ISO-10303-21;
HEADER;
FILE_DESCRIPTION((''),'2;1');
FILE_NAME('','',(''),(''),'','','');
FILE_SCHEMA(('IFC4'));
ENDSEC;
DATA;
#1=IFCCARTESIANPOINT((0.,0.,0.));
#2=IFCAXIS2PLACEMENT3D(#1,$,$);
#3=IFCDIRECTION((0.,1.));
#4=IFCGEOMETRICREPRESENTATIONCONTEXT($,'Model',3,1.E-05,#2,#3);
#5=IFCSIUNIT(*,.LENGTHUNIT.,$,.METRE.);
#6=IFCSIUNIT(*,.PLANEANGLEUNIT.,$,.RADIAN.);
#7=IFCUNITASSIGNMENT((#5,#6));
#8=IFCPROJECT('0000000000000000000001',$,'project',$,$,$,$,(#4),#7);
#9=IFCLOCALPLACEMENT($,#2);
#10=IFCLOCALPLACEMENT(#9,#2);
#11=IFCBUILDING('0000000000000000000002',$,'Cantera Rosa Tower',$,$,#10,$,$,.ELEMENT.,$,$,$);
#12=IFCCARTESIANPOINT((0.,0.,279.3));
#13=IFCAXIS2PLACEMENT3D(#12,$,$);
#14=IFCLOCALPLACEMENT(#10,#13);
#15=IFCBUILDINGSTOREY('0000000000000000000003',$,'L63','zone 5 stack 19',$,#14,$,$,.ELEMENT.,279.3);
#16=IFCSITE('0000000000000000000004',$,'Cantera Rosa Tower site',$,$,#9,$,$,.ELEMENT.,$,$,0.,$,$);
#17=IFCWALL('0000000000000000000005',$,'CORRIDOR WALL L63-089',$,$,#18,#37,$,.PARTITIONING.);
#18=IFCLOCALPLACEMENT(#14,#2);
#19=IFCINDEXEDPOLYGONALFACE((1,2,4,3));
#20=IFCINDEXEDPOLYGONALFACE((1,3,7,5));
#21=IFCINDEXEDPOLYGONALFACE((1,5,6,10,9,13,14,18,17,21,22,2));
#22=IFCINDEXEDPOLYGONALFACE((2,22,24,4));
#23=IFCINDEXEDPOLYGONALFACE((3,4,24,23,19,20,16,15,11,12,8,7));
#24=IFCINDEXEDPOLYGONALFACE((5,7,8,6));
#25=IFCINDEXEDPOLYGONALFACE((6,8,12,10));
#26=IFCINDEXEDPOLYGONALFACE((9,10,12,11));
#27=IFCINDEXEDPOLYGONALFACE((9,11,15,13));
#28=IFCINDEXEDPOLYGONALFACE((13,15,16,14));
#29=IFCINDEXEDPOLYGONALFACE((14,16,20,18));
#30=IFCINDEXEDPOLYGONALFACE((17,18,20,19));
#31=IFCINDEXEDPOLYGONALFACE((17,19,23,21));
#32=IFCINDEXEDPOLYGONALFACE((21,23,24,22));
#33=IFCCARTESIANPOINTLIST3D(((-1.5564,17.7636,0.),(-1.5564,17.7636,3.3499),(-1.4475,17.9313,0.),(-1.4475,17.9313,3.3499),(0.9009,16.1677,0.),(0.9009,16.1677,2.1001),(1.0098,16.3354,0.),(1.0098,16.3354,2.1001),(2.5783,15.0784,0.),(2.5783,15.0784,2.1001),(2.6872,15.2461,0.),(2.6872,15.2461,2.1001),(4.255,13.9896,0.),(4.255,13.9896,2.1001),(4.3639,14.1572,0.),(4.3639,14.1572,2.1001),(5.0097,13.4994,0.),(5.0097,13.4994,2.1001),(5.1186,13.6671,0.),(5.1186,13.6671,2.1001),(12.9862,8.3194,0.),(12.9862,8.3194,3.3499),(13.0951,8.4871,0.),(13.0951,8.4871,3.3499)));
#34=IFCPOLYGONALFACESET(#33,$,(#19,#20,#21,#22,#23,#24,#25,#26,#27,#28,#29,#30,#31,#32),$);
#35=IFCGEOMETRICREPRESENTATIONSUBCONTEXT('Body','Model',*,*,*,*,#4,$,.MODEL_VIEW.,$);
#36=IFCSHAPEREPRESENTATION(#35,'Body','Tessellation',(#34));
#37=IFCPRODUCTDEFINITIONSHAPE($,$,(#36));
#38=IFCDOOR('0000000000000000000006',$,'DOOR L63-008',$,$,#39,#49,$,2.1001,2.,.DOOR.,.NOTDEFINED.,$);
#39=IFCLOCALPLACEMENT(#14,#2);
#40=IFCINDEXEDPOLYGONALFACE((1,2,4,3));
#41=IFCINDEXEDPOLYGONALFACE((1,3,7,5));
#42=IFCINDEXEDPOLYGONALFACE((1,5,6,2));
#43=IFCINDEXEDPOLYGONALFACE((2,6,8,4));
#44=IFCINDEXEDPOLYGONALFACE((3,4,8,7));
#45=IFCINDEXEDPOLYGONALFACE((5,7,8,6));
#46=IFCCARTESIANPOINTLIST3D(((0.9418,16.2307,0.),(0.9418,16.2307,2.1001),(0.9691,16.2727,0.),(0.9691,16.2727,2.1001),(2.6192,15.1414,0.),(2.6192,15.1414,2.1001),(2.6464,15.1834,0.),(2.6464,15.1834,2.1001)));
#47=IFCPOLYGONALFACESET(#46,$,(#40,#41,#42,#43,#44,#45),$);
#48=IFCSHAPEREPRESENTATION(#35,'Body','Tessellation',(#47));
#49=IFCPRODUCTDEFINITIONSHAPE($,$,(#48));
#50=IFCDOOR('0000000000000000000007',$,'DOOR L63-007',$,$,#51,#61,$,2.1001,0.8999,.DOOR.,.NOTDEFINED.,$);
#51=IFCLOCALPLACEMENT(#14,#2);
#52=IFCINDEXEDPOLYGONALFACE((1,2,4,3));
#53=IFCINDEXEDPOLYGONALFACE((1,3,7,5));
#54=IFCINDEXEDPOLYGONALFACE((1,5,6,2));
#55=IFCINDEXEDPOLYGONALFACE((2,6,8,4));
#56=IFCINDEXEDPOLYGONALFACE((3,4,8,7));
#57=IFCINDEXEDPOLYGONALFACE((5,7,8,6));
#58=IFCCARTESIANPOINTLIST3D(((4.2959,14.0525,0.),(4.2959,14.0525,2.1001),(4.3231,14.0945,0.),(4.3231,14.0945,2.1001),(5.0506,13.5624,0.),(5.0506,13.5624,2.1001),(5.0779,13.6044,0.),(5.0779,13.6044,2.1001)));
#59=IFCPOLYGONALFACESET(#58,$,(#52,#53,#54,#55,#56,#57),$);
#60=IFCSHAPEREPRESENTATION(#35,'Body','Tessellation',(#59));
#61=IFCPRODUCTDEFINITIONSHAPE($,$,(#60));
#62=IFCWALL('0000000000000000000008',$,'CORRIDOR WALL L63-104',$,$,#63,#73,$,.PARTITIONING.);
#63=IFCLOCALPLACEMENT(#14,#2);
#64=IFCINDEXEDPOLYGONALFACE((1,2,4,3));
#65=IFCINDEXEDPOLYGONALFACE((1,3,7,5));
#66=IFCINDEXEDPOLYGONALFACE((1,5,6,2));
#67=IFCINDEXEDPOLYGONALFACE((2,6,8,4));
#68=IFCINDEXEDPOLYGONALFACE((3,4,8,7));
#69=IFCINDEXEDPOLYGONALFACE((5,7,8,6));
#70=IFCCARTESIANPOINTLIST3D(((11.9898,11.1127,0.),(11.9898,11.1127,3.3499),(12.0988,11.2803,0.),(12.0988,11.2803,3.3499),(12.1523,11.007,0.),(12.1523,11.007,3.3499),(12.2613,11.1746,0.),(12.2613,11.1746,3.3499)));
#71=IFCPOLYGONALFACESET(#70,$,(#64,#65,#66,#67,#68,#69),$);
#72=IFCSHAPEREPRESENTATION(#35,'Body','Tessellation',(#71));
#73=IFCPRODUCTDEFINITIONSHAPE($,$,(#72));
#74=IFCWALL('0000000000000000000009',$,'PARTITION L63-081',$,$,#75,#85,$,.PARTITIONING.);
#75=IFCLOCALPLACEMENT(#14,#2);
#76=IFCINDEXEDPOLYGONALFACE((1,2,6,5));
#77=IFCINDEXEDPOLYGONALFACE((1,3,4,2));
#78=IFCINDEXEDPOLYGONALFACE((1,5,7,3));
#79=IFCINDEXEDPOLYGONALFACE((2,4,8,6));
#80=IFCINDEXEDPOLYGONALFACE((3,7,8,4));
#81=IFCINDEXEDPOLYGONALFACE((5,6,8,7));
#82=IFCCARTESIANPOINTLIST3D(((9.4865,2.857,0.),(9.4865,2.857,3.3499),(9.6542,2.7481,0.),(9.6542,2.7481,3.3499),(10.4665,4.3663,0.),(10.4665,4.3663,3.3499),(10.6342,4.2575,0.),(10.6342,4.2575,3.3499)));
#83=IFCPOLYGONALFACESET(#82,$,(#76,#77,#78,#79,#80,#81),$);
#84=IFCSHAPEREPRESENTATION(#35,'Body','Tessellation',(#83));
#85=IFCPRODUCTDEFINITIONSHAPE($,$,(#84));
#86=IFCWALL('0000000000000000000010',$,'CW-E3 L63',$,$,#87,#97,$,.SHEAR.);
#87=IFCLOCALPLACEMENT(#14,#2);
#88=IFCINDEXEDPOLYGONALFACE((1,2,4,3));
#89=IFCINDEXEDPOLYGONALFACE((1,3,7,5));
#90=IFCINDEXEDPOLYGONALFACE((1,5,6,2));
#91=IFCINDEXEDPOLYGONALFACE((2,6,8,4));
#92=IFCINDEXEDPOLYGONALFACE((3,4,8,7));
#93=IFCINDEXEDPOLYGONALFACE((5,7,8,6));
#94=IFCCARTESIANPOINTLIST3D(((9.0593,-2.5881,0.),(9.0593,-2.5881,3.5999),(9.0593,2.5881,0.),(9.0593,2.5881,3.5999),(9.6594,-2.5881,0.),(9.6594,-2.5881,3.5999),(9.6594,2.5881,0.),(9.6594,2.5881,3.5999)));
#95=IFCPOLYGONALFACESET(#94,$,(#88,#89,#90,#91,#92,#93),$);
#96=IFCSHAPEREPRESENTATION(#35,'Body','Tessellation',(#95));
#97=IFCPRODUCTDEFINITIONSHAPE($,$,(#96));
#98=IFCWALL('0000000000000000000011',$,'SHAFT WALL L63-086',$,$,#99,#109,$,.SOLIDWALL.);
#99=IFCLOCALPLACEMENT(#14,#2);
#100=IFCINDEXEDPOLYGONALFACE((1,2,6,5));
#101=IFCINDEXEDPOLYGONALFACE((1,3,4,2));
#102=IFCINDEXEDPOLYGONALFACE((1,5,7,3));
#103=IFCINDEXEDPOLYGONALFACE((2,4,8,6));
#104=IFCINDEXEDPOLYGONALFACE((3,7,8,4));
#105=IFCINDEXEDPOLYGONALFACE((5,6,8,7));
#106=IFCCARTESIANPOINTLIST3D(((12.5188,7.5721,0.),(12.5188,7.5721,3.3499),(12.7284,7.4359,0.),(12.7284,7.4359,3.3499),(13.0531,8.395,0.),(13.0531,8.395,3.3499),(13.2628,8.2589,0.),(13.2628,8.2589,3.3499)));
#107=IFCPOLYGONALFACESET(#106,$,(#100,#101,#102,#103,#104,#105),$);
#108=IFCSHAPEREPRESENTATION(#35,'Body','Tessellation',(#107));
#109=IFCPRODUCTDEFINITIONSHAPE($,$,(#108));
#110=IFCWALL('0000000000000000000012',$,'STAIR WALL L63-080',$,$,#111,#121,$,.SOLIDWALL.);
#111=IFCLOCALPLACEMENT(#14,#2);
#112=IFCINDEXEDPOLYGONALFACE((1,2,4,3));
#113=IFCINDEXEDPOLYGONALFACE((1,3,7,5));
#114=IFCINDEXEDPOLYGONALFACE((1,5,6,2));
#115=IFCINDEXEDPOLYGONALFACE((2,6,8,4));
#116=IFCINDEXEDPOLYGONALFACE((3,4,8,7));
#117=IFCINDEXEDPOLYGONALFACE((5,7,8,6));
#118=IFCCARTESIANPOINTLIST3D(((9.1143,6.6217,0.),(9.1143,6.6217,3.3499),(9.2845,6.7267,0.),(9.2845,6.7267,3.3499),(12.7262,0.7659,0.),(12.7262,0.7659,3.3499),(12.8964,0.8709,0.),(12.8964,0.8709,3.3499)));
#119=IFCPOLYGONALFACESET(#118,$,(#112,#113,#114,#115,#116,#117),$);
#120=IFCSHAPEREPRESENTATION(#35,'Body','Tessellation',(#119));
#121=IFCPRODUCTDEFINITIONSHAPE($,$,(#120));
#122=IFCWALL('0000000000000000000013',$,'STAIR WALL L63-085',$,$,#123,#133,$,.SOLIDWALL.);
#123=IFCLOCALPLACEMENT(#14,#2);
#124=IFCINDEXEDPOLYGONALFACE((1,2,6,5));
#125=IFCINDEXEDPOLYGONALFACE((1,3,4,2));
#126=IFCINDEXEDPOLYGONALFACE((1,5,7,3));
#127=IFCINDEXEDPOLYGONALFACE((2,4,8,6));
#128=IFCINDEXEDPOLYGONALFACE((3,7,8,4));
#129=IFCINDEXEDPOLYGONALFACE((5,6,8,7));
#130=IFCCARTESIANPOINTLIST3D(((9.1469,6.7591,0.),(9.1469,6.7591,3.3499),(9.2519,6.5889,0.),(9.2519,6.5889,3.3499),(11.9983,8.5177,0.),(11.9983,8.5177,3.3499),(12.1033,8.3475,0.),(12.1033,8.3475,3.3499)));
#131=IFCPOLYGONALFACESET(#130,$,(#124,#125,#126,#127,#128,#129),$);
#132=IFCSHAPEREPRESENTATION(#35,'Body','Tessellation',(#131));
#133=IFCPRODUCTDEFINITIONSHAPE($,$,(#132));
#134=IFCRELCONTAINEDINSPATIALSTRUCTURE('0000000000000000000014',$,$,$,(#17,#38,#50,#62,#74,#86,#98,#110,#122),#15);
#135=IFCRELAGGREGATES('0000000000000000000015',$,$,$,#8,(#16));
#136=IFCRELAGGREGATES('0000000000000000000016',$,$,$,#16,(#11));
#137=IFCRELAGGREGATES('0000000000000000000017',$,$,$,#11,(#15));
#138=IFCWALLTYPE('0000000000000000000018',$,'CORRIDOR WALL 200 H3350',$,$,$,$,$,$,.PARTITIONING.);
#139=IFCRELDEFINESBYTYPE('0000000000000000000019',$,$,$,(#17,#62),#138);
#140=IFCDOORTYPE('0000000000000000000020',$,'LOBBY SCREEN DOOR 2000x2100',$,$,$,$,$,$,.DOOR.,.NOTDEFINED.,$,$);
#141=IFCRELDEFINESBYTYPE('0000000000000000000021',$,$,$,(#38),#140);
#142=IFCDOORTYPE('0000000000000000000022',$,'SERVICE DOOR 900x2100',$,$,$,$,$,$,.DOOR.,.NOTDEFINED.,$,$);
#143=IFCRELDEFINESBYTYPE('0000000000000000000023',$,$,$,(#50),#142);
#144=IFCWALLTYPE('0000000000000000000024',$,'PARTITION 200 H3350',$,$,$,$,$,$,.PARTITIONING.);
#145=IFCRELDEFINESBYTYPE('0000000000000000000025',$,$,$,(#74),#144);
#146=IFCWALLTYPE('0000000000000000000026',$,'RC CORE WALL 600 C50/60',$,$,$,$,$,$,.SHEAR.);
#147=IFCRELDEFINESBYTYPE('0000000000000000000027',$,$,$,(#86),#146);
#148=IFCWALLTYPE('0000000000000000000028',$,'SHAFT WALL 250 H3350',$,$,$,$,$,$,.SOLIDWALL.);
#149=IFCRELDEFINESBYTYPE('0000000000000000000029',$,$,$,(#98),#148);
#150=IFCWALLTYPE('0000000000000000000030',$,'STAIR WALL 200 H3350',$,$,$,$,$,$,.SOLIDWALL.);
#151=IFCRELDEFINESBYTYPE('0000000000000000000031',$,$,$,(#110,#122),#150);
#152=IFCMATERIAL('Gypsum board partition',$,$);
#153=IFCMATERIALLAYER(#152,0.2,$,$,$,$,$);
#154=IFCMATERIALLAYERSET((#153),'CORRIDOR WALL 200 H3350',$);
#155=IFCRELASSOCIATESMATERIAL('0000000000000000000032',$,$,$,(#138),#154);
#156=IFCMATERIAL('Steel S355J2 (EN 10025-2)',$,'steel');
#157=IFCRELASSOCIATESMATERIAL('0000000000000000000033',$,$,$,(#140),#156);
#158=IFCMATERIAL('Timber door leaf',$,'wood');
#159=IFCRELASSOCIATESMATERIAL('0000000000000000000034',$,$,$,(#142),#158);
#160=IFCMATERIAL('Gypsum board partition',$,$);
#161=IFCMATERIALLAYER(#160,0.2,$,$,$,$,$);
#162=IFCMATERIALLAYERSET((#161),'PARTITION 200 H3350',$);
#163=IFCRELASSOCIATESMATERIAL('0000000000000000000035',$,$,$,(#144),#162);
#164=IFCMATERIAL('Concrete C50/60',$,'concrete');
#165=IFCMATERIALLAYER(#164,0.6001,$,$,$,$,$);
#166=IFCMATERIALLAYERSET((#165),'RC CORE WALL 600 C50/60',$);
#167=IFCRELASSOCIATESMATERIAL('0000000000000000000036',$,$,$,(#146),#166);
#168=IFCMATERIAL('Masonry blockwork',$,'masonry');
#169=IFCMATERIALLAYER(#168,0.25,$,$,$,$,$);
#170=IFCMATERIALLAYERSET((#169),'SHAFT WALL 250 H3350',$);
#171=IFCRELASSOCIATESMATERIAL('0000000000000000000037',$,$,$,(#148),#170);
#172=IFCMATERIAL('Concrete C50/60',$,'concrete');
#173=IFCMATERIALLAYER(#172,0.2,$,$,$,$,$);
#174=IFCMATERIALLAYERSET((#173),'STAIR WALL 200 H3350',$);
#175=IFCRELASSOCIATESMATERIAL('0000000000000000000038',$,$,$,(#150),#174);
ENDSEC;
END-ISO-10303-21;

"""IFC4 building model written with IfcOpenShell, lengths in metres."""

from ifc_helpers import new_model, si_unit, direction, frame, frame_2d, origin, place, context, subcontext, project, spatial, rectangle, extrude, material, layer, layer_set, type_object, element, fill, save


model = new_model("IFC4")

# Units and contexts
model_context = context("Model", 3, precision=1e-05, world=origin(), true_north=direction((0.0, 1.0)))
body_context = subcontext(model_context, "Body", "Model", "MODEL_VIEW")
ifc_project = project(units=[si_unit("LENGTHUNIT", "METRE"), si_unit("PLANEANGLEUNIT", "RADIAN")], contexts=[model_context])

# Site, building, storey
site_placement = place(None, origin())
site = spatial("IfcSite", under=ifc_project, at=site_placement, Name="Cantera Rosa Tower site", CompositionType="ELEMENT", RefElevation=0.0)
building_placement = place(site_placement, origin())
building = spatial("IfcBuilding", under=site, at=building_placement, Name="Cantera Rosa Tower", CompositionType="ELEMENT")
storey_placement = place(building_placement, frame((0.0, 0.0, 279.3)))
storey = spatial("IfcBuildingStorey", under=building, at=storey_placement, Name="L63", Description="zone 5 stack 19", CompositionType="ELEMENT", Elevation=279.3)

# Wall, openings, doors
ifc_material_1 = material(Name="Gypsum board partition")
ifc_layer_1 = layer(ifc_material_1, 0.2)
ifc_layer_set_1 = layer_set([ifc_layer_1], Name="CORRIDOR WALL 200 H3350")
wall_type_1 = type_object("IfcWallType", Name="CORRIDOR WALL 200 H3350", PredefinedType="PARTITIONING", material=ifc_layer_set_1)
wall_1_placement = place(storey_placement, frame((13.0405, 8.4033, 0.0), z_axis=(0.0, 0.0, 1.0), x_axis=(-0.838668, 0.544643, 0.0)))
wall_1 = element("IfcWall", 1, at=wall_1_placement, inside=storey, type_object=wall_type_1, Name="CORRIDOR WALL L63-089", PredefinedType="PARTITIONING", context=body_context, shape_type="SweptSolid", body=[
    extrude(rectangle(XDim=17.3401, YDim=0.2, at=frame_2d((8.6699, 0.0))), origin(), (0.0, 0.0, 1.0), 3.3499),
])
opening_1_placement = place(wall_1_placement, frame((9.5107, 0.0, 0.0)))
opening_1 = element("IfcOpeningElement", 2, at=opening_1_placement, cuts=wall_1, PredefinedType="OPENING", context=body_context, shape_type="SweptSolid", body=[
    extrude(rectangle(XDim=0.8999, YDim=2.1001, at=frame_2d((0.45, 1.05))), frame((0.0, 0.1099, 0.0), z_axis=(0.0, -1.0, 0.0), x_axis=(1.0, 0.0, 0.0)), (0.0, 0.0, 1.0), 0.22),
])
opening_2_placement = place(wall_1_placement, frame((12.4099, 0.0, 0.0)))
opening_2 = element("IfcOpeningElement", 3, at=opening_2_placement, cuts=wall_1, PredefinedType="OPENING", context=body_context, shape_type="SweptSolid", body=[
    extrude(rectangle(XDim=2.0, YDim=2.1001, at=frame_2d((1.0, 1.05))), frame((0.0, 0.1099, 0.0), z_axis=(0.0, -1.0, 0.0), x_axis=(1.0, 0.0, 0.0)), (0.0, 0.0, 1.0), 0.22),
])
ifc_material_2 = material(Name="Steel S355J2 (EN 10025-2)", Category="steel")
door_type_1 = type_object("IfcDoorType", Name="LOBBY SCREEN DOOR 2000x2100", OperationType="NOTDEFINED", PredefinedType="DOOR", material=ifc_material_2)
door_1_placement = place(opening_2_placement, origin())
door_1 = element("IfcDoor", 4, at=door_1_placement, inside=storey, type_object=door_type_1, Name="DOOR L63-008", OperationType="NOTDEFINED", OverallHeight=2.1001, OverallWidth=2.0, PredefinedType="DOOR", context=body_context, shape_type="SweptSolid", body=[
    extrude(rectangle(XDim=2.0, YDim=2.1001, at=frame_2d((1.0, 1.05))), frame((0.0, 0.0249, 0.0), z_axis=(0.0, -1.0, 0.0), x_axis=(1.0, 0.0, 0.0)), (0.0, 0.0, 1.0), 0.05),
])
fill(opening_2, door_1)
ifc_material_3 = material(Name="Timber door leaf", Category="wood")
door_type_2 = type_object("IfcDoorType", Name="SERVICE DOOR 900x2100", OperationType="NOTDEFINED", PredefinedType="DOOR", material=ifc_material_3)
door_2_placement = place(opening_1_placement, origin())
door_2 = element("IfcDoor", 5, at=door_2_placement, inside=storey, type_object=door_type_2, Name="DOOR L63-007", OperationType="NOTDEFINED", OverallHeight=2.1001, OverallWidth=0.8999, PredefinedType="DOOR", context=body_context, shape_type="SweptSolid", body=[
    extrude(rectangle(XDim=0.8999, YDim=2.1001, at=frame_2d((0.45, 1.05))), frame((0.0, 0.0249, 0.0), z_axis=(0.0, -1.0, 0.0), x_axis=(1.0, 0.0, 0.0)), (0.0, 0.0, 1.0), 0.05),
])
fill(opening_1, door_2)

# Walls
wall_2_placement = place(storey_placement, frame((12.2068, 11.0908, 0.0), z_axis=(0.0, 0.0, 1.0), x_axis=(-0.838386, 0.545077, 0.0)))
element("IfcWall", 6, at=wall_2_placement, inside=storey, type_object=wall_type_1, Name="CORRIDOR WALL L63-104", PredefinedType="PARTITIONING", context=body_context, shape_type="SweptSolid", body=[
    extrude(rectangle(XDim=0.1938, YDim=0.2, at=frame_2d((0.0969, 0.0))), origin(), (0.0, 0.0, 1.0), 3.3499),
])
ifc_material_4 = material(Name="Gypsum board partition")
ifc_layer_2 = layer(ifc_material_4, 0.2)
ifc_layer_set_2 = layer_set([ifc_layer_2], Name="PARTITION 200 H3350")
wall_type_2 = type_object("IfcWallType", Name="PARTITION 200 H3350", PredefinedType="PARTITIONING", material=ifc_layer_set_2)
wall_3_placement = place(storey_placement, frame((9.5703, 2.8025, 0.0), z_axis=(0.0, 0.0, 1.0), x_axis=(0.544578, 0.83871, 0.0)))
element("IfcWall", 7, at=wall_3_placement, inside=storey, type_object=wall_type_2, Name="PARTITION L63-081", PredefinedType="PARTITIONING", context=body_context, shape_type="SweptSolid", body=[
    extrude(rectangle(XDim=1.7996, YDim=0.2, at=frame_2d((0.8999, 0.0))), origin(), (0.0, 0.0, 1.0), 3.3499),
])
ifc_material_5 = material(Name="Concrete C50/60", Category="concrete")
ifc_layer_3 = layer(ifc_material_5, 0.6001)
ifc_layer_set_3 = layer_set([ifc_layer_3], Name="RC CORE WALL 600 C50/60")
wall_type_3 = type_object("IfcWallType", Name="RC CORE WALL 600 C50/60", PredefinedType="SHEAR", material=ifc_layer_set_3)
wall_4_placement = place(storey_placement, frame((9.3594, 2.5881, 0.0), z_axis=(0.0, 0.0, 1.0), x_axis=(0.0, -1.0, 0.0)))
element("IfcWall", 8, at=wall_4_placement, inside=storey, type_object=wall_type_3, Name="CW-E3 L63", PredefinedType="SHEAR", context=body_context, shape_type="SweptSolid", body=[
    extrude(rectangle(XDim=5.1763, YDim=0.6001, at=frame_2d((2.5881, 0.0))), origin(), (0.0, 0.0, 1.0), 3.5999),
])
ifc_material_6 = material(Name="Masonry blockwork", Category="masonry")
ifc_layer_4 = layer(ifc_material_6, 0.25)
ifc_layer_set_4 = layer_set([ifc_layer_4], Name="SHAFT WALL 250 H3350")
wall_type_4 = type_object("IfcWallType", Name="SHAFT WALL 250 H3350", PredefinedType="SOLIDWALL", material=ifc_layer_set_4)
wall_5_placement = place(storey_placement, frame((12.6235, 7.5039, 0.0), z_axis=(0.0, 0.0, 1.0), x_axis=(0.544612, 0.838688, 0.0)))
element("IfcWall", 9, at=wall_5_placement, inside=storey, type_object=wall_type_4, Name="SHAFT WALL L63-086", PredefinedType="SOLIDWALL", context=body_context, shape_type="SweptSolid", body=[
    extrude(rectangle(XDim=0.9812, YDim=0.25, at=frame_2d((0.4907, 0.0))), origin(), (0.0, 0.0, 1.0), 3.3499),
])
ifc_material_7 = material(Name="Concrete C50/60", Category="concrete")
ifc_layer_5 = layer(ifc_material_7, 0.2)
ifc_layer_set_5 = layer_set([ifc_layer_5], Name="STAIR WALL 200 H3350")
wall_type_5 = type_object("IfcWallType", Name="STAIR WALL 200 H3350", PredefinedType="SOLIDWALL", material=ifc_layer_set_5)
wall_6_placement = place(storey_placement, frame((9.1995, 6.6741, 0.0), z_axis=(0.0, 0.0, 1.0), x_axis=(0.524972, -0.851119, 0.0)))
element("IfcWall", 10, at=wall_6_placement, inside=storey, type_object=wall_type_5, Name="STAIR WALL L63-080", PredefinedType="SOLIDWALL", context=body_context, shape_type="SweptSolid", body=[
    extrude(rectangle(XDim=6.8801, YDim=0.2, at=frame_2d((3.4399, 0.0))), origin(), (0.0, 0.0, 1.0), 3.3499),
])
wall_7_placement = place(storey_placement, frame((12.0508, 8.4326, 0.0), z_axis=(0.0, 0.0, 1.0), x_axis=(-0.85114, -0.524939, 0.0)))
element("IfcWall", 11, at=wall_7_placement, inside=storey, type_object=wall_type_5, Name="STAIR WALL L63-085", PredefinedType="SOLIDWALL", context=body_context, shape_type="SweptSolid", body=[
    extrude(rectangle(XDim=3.3501, YDim=0.2, at=frame_2d((1.675, 0.0))), origin(), (0.0, 0.0, 1.0), 3.3499),
])

save(model, "model.ifc")
